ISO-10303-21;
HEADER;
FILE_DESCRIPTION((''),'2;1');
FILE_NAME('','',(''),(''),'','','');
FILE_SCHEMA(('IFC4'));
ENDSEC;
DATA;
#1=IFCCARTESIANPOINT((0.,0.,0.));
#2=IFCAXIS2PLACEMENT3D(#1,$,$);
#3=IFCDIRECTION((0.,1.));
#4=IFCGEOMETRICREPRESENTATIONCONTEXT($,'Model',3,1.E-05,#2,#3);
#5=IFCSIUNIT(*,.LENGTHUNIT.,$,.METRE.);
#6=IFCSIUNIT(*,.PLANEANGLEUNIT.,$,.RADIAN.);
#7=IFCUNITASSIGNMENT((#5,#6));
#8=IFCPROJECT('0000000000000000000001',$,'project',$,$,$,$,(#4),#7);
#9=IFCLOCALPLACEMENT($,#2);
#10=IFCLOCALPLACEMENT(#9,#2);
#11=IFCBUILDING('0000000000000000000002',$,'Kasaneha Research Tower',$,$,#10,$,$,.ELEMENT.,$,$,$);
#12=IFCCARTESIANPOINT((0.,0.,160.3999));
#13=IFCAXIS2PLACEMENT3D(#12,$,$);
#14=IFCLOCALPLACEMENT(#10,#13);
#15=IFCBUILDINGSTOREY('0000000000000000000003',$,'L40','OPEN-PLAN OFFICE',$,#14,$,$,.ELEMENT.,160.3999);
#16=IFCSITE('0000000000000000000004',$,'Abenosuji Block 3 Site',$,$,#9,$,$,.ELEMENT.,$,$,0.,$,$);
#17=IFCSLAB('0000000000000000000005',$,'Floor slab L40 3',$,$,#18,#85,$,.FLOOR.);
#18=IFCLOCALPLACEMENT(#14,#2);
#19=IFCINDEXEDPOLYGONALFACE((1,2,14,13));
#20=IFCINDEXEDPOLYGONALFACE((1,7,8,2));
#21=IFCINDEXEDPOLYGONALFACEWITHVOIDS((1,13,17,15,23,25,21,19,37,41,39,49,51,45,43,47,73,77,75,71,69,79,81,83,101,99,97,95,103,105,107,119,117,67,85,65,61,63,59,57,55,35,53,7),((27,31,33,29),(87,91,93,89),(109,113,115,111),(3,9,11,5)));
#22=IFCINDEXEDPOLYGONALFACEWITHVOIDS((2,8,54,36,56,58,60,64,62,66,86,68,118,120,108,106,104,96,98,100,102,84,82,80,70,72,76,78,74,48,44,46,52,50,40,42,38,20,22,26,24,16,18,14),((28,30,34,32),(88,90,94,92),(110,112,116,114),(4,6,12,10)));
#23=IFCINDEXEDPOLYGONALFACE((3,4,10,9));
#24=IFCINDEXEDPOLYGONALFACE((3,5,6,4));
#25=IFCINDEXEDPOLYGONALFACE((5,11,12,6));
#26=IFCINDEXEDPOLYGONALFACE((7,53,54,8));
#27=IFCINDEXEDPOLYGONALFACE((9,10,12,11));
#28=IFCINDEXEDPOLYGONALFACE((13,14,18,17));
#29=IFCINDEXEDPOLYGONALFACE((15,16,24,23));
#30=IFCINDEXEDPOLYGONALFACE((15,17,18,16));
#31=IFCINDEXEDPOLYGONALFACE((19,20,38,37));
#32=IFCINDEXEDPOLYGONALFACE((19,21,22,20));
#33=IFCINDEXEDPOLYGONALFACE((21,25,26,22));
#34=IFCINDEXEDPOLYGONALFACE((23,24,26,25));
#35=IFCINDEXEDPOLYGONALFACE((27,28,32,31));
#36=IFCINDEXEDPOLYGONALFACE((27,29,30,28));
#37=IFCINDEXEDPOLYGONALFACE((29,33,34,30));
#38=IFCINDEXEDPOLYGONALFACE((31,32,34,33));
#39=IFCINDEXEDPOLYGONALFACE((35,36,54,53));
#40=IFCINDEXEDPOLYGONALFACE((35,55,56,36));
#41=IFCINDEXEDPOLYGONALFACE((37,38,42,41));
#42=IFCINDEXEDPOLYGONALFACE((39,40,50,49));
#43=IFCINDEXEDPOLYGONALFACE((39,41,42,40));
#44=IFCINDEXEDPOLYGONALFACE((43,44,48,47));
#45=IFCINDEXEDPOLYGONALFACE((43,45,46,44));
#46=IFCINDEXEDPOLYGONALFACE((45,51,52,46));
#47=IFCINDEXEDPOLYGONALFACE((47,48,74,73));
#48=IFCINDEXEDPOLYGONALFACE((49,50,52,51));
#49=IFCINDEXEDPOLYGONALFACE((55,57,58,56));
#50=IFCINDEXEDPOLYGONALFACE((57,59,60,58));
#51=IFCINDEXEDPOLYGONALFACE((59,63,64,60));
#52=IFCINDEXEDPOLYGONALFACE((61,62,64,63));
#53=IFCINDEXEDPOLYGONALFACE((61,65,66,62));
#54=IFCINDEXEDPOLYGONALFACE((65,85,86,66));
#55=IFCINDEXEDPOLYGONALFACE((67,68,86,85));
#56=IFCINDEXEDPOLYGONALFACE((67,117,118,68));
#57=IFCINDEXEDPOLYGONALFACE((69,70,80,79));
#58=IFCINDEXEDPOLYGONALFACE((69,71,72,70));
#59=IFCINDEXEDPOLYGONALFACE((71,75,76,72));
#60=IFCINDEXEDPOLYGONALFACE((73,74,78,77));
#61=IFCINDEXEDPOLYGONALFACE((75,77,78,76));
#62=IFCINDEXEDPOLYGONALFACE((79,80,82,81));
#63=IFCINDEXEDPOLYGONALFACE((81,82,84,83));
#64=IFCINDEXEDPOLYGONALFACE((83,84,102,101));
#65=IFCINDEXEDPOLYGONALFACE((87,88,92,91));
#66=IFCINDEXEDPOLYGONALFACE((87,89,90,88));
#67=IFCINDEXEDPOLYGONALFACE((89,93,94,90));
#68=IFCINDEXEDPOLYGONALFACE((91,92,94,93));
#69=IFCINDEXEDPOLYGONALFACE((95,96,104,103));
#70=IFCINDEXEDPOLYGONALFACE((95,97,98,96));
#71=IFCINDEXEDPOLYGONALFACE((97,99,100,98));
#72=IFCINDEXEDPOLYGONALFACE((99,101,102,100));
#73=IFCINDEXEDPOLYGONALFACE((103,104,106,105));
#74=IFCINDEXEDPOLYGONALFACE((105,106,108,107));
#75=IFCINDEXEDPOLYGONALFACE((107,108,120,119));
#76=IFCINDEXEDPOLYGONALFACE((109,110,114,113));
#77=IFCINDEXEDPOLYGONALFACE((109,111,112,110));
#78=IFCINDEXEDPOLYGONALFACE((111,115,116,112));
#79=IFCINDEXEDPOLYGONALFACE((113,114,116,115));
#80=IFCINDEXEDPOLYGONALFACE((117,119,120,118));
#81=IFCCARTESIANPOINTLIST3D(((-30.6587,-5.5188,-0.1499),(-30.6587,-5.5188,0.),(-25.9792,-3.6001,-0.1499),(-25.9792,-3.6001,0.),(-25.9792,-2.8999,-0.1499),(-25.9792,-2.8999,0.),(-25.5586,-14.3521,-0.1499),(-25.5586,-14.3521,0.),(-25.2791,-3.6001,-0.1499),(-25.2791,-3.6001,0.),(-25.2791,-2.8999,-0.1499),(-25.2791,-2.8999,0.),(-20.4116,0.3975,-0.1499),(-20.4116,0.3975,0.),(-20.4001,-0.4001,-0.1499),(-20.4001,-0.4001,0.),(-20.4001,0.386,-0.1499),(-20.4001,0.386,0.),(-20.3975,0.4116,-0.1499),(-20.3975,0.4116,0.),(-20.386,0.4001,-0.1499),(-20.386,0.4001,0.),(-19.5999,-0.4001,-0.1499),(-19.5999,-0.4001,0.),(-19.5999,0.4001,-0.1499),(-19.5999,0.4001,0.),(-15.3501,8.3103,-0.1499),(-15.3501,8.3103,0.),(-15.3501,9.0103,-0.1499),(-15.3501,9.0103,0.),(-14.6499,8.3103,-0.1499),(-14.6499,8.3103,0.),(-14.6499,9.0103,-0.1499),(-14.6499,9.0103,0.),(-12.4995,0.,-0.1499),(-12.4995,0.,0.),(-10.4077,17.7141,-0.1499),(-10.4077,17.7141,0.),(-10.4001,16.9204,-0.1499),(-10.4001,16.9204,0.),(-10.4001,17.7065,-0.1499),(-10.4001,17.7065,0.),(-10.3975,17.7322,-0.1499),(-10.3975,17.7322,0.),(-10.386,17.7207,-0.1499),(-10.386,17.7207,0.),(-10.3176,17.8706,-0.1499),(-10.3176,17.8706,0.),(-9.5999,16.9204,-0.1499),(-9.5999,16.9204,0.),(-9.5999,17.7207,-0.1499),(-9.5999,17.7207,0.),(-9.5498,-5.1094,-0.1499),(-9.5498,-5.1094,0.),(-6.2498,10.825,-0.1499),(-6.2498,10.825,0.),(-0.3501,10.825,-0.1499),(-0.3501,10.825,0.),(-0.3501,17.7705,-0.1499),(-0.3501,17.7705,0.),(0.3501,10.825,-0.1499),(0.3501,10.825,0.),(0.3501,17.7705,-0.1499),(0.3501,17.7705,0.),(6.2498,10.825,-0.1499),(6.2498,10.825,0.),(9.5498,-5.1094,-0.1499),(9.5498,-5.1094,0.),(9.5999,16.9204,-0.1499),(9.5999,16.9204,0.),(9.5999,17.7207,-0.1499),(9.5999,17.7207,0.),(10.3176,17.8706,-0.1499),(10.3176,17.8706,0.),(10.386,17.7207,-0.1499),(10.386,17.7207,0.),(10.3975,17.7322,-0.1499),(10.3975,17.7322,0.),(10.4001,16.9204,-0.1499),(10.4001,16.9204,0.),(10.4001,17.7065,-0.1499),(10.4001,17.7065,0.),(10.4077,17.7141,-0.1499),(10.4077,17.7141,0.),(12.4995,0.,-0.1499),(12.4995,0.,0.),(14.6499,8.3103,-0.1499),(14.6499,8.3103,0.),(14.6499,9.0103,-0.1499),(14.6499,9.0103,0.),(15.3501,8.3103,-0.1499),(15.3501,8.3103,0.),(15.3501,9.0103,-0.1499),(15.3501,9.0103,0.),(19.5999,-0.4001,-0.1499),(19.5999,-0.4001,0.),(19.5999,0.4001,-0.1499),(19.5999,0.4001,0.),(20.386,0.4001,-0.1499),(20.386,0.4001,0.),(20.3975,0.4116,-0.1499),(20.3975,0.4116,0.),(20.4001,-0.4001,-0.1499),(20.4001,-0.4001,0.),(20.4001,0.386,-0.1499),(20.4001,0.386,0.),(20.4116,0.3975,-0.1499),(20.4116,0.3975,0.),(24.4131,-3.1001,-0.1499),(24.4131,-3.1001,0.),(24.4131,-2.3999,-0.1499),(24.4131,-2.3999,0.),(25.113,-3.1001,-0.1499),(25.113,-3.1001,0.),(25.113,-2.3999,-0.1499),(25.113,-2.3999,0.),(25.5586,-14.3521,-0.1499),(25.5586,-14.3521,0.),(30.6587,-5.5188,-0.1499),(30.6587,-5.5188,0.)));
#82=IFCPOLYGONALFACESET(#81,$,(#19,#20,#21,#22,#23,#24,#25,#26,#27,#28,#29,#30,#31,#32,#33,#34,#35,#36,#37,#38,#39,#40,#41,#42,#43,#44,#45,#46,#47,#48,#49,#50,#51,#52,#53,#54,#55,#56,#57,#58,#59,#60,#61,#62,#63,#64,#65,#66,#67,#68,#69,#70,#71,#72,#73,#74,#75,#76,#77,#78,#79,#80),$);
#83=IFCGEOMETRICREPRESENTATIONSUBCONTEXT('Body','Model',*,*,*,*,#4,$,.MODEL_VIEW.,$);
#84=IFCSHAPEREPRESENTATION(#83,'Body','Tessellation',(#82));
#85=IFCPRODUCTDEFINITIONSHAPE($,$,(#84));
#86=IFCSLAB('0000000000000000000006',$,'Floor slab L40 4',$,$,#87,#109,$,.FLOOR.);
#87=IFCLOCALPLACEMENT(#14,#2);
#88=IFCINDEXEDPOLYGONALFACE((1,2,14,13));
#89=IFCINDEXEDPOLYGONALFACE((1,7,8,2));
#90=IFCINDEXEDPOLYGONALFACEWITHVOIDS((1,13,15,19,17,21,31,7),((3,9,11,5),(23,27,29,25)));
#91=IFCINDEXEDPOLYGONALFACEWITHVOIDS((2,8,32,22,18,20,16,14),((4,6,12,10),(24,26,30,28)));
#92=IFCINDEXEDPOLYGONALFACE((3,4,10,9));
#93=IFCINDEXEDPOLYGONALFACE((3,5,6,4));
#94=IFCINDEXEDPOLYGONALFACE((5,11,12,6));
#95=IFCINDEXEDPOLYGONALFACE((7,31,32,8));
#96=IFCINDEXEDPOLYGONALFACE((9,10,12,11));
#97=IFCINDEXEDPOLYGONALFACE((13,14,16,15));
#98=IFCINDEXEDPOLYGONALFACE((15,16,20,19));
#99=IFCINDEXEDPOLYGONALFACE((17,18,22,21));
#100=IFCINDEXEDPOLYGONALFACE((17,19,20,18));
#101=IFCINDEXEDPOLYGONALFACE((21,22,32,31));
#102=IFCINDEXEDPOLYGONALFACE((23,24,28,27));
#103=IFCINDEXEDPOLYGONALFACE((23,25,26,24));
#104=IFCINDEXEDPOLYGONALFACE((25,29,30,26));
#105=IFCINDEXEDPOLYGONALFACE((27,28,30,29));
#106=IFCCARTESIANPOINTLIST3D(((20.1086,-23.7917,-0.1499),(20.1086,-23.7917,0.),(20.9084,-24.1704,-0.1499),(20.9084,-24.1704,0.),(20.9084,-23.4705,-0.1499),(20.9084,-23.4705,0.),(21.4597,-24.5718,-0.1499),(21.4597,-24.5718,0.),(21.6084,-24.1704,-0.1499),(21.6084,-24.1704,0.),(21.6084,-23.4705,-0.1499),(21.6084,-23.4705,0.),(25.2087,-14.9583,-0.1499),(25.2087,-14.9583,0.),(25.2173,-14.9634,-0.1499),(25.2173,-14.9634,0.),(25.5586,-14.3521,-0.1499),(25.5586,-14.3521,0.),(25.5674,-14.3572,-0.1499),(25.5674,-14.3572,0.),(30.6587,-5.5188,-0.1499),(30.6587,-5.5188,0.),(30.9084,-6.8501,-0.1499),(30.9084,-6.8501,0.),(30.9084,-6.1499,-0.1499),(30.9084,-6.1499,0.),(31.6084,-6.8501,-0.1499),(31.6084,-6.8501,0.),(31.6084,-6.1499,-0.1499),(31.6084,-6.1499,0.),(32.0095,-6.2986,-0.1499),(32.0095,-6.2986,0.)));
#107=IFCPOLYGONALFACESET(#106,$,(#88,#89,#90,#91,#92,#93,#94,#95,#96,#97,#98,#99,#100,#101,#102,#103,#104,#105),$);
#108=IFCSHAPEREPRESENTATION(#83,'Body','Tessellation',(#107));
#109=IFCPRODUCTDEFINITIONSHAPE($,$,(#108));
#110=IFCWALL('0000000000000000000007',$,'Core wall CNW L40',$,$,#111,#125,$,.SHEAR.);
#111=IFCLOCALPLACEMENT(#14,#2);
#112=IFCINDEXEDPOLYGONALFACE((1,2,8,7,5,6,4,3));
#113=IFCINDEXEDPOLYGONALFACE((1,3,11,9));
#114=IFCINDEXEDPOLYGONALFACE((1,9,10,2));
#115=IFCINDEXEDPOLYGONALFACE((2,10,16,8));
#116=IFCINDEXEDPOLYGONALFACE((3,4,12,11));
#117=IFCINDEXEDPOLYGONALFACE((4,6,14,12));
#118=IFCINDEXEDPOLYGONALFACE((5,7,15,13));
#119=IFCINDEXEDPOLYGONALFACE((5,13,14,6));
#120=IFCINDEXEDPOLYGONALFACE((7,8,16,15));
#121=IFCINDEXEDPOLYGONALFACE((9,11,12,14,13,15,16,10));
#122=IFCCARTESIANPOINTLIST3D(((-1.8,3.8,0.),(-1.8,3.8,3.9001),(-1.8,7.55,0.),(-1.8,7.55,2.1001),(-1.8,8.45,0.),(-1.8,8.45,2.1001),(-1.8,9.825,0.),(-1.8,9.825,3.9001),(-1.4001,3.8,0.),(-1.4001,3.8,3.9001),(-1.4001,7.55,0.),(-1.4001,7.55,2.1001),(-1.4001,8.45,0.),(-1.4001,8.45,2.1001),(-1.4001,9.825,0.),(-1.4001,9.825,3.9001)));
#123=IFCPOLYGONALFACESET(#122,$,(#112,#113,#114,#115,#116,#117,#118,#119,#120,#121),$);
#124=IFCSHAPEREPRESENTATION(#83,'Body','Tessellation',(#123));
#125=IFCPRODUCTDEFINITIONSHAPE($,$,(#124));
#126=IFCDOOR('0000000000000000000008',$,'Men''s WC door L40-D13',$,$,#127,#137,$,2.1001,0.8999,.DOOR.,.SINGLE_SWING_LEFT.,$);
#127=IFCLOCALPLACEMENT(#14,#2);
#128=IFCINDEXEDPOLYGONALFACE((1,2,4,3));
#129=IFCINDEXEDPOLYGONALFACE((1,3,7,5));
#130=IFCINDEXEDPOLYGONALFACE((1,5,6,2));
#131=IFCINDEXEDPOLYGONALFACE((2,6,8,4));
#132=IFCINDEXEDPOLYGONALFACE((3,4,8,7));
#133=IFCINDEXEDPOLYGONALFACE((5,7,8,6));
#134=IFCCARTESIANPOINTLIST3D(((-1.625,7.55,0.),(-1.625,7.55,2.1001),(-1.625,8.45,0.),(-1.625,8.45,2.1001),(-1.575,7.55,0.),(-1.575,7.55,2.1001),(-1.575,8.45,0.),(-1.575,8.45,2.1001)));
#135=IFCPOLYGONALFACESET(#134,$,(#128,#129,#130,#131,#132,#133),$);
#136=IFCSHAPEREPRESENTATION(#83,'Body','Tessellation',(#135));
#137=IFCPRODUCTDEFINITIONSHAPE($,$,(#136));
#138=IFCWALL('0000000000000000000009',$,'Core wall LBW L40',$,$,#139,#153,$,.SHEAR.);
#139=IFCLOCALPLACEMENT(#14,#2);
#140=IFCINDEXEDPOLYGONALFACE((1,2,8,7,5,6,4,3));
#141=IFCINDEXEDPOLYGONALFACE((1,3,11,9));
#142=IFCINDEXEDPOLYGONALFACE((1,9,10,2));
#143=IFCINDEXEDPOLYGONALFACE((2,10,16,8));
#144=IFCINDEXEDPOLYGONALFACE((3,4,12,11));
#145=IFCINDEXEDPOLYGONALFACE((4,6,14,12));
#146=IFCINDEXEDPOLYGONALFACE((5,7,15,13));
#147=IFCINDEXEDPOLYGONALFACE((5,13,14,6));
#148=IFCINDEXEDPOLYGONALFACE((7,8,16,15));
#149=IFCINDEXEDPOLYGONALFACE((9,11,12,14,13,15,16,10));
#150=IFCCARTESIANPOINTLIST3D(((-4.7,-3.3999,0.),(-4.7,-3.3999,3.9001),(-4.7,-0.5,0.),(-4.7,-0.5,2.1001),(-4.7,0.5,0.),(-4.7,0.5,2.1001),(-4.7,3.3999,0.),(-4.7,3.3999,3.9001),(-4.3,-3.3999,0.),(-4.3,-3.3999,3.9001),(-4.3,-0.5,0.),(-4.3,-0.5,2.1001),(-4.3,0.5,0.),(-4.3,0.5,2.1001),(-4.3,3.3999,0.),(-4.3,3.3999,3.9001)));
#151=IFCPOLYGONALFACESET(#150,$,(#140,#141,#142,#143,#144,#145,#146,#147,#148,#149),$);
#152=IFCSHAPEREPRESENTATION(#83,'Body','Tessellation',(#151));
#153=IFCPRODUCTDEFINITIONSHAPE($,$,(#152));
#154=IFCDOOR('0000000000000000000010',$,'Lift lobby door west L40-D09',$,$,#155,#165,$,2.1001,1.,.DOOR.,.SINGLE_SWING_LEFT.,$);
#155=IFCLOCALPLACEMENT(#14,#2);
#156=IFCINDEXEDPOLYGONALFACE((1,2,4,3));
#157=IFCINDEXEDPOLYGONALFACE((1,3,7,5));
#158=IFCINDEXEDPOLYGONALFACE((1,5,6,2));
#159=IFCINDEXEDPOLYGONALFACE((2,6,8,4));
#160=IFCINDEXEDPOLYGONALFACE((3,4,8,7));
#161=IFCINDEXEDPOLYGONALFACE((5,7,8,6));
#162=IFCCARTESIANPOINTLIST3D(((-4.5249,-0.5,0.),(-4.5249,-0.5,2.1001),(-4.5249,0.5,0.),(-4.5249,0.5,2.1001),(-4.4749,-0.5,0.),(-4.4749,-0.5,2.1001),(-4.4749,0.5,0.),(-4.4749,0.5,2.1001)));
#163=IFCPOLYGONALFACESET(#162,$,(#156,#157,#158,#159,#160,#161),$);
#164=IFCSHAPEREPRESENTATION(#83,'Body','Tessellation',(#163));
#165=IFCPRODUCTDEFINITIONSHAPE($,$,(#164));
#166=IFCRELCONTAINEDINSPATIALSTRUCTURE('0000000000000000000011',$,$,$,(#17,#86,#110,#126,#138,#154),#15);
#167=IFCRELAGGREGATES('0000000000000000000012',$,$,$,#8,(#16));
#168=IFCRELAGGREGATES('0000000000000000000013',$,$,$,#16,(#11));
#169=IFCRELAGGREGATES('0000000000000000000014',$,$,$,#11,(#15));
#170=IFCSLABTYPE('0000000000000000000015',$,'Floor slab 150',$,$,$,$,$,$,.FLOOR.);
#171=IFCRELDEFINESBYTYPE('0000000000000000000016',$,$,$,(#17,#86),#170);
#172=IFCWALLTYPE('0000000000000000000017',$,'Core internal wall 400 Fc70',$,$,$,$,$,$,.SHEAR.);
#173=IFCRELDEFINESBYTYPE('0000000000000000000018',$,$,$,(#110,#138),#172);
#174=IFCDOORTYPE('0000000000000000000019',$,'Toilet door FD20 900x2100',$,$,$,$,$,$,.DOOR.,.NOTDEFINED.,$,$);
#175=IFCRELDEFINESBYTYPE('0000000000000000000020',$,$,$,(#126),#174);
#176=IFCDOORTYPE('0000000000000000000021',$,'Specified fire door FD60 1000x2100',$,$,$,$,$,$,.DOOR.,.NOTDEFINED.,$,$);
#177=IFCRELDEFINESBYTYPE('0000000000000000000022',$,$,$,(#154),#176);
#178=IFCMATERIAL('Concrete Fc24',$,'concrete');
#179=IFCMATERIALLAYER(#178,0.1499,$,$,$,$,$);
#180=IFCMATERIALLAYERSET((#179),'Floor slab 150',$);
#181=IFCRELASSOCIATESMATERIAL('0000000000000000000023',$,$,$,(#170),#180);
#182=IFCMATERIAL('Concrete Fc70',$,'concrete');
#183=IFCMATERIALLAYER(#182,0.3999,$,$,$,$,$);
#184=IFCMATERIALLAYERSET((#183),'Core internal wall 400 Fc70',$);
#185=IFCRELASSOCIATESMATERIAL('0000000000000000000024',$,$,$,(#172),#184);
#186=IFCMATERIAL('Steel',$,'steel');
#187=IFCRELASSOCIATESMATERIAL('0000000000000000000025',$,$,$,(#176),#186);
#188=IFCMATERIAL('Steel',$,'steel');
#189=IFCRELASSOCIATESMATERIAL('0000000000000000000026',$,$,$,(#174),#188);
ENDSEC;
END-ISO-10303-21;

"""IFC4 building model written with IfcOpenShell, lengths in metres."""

from ifc_helpers import new_model, si_unit, direction, frame, frame_2d, origin, place, context, subcontext, project, spatial, polyline, rectangle, outline, extrude, material, layer, layer_set, type_object, element, fill, save


model = new_model("IFC4")

# Units and contexts
model_context = context("Model", 3, precision=1e-05, world=origin(), true_north=direction((0.0, 1.0)))
body_context = subcontext(model_context, "Body", "Model", "MODEL_VIEW")
ifc_project = project(units=[si_unit("LENGTHUNIT", "METRE"), si_unit("PLANEANGLEUNIT", "RADIAN")], contexts=[model_context])

# Site, building, storey
site_placement = place(None, origin())
site = spatial("IfcSite", under=ifc_project, at=site_placement, Name="Abenosuji Block 3 Site", CompositionType="ELEMENT", RefElevation=0.0)
building_placement = place(site_placement, origin())
building = spatial("IfcBuilding", under=site, at=building_placement, Name="Kasaneha Research Tower", CompositionType="ELEMENT")
storey_placement = place(building_placement, frame((0.0, 0.0, 160.3999)))
storey = spatial("IfcBuildingStorey", under=building, at=storey_placement, Name="L40", Description="OPEN-PLAN OFFICE", CompositionType="ELEMENT", Elevation=160.3999)

# Slabs
ifc_material_1 = material(Name="Concrete Fc24", Category="concrete")
ifc_layer_1 = layer(ifc_material_1, 0.1499)
ifc_layer_set_1 = layer_set([ifc_layer_1], Name="Floor slab 150")
slab_type = type_object("IfcSlabType", Name="Floor slab 150", PredefinedType="FLOOR", material=ifc_layer_set_1)
slab_1_placement = place(storey_placement, frame((0.0, 0.0, -0.1499)))
element("IfcSlab", 1, at=slab_1_placement, inside=storey, type_object=slab_type, Name="Floor slab L40 3", PredefinedType="FLOOR", context=body_context, shape_type="SweptSolid", body=[
    extrude(outline(polyline([(-20.4001, -0.4001), (-19.5999, -0.4001), (-19.5999, 0.4001), (-20.386, 0.4001), (-20.3975, 0.4116), (-10.4077, 17.7141), (-10.4001, 17.7065), (-10.4001, 16.9204), (-9.5999, 16.9204), (-9.5999, 17.7207), (-10.386, 17.7207), (-10.3975, 17.7322), (-10.3176, 17.8706), (10.3176, 17.8706), (10.3975, 17.7322), (10.386, 17.7207), (9.5999, 17.7207), (9.5999, 16.9204), (10.4001, 16.9204), (10.4001, 17.7065), (10.4077, 17.7141), (20.3975, 0.4116), (20.386, 0.4001), (19.5999, 0.4001), (19.5999, -0.4001), (20.4001, -0.4001), (20.4001, 0.386), (20.4116, 0.3975), (30.6587, -5.5188), (25.5586, -14.3521), (9.5498, -5.1094), (12.4995, 0.0), (6.2498, 10.825), (0.3501, 10.825), (0.3501, 17.7705), (-0.3501, 17.7705), (-0.3501, 10.825), (-6.2498, 10.825), (-12.4995, 0.0), (-9.5498, -5.1094), (-25.5586, -14.3521), (-30.6587, -5.5188), (-20.4116, 0.3975), (-20.4001, 0.386), (-20.4001, -0.4001)]), holes=[polyline([(-25.2791, -3.6001), (-25.2791, -2.8999), (-25.9792, -2.8999), (-25.9792, -3.6001), (-25.2791, -3.6001)]), polyline([(-15.3501, 8.3103), (-14.6499, 8.3103), (-14.6499, 9.0103), (-15.3501, 9.0103), (-15.3501, 8.3103)]), polyline([(24.4131, -3.1001), (25.113, -3.1001), (25.113, -2.3999), (24.4131, -2.3999), (24.4131, -3.1001)]), polyline([(14.6499, 8.3103), (15.3501, 8.3103), (15.3501, 9.0103), (14.6499, 9.0103), (14.6499, 8.3103)])]), origin(), (0.0, 0.0, 1.0), 0.1499),
])
slab_2_placement = place(storey_placement, frame((0.0, 0.0, -0.1499)))
element("IfcSlab", 2, at=slab_2_placement, inside=storey, type_object=slab_type, Name="Floor slab L40 4", PredefinedType="FLOOR", context=body_context, shape_type="SweptSolid", body=[
    extrude(outline(polyline([(32.0095, -6.2986), (21.4597, -24.5718), (20.1086, -23.7917), (25.2087, -14.9583), (25.2173, -14.9634), (25.5674, -14.3572), (25.5586, -14.3521), (30.6587, -5.5188), (32.0095, -6.2986)]), holes=[polyline([(21.6084, -24.1704), (21.6084, -23.4705), (20.9084, -23.4705), (20.9084, -24.1704), (21.6084, -24.1704)]), polyline([(31.6084, -6.8501), (31.6084, -6.1499), (30.9084, -6.1499), (30.9084, -6.8501), (31.6084, -6.8501)])]), origin(), (0.0, 0.0, 1.0), 0.1499),
])

# Shared definitions
ifc_material_2 = material(Name="Concrete Fc70", Category="concrete")
ifc_layer_2 = layer(ifc_material_2, 0.3999)
ifc_layer_set_2 = layer_set([ifc_layer_2], Name="Core internal wall 400 Fc70")
wall_type = type_object("IfcWallType", Name="Core internal wall 400 Fc70", PredefinedType="SHEAR", material=ifc_layer_set_2)
ifc_material_3 = material(Name="Steel", Category="steel")
door_type_1 = type_object("IfcDoorType", Name="Specified fire door FD60 1000x2100", OperationType="NOTDEFINED", PredefinedType="DOOR", material=ifc_material_3)

# Walls, openings, doors
wall_1_placement = place(storey_placement, frame((-1.6001, 3.8, 0.0), z_axis=(0.0, 0.0, 1.0), x_axis=(0.0, 1.0, 0.0)))
wall_1 = element("IfcWall", 3, at=wall_1_placement, inside=storey, type_object=wall_type, Name="Core wall CNW L40", PredefinedType="SHEAR", context=body_context, shape_type="SweptSolid", body=[
    extrude(rectangle(XDim=6.0249, YDim=0.3999, at=frame_2d((3.0125, 0.0))), origin(), (0.0, 0.0, 1.0), 3.9001),
])
opening_1_placement = place(wall_1_placement, frame((3.75, 0.0, 0.0)))
opening_1 = element("IfcOpeningElement", 4, at=opening_1_placement, cuts=wall_1, PredefinedType="OPENING", context=body_context, shape_type="SweptSolid", body=[
    extrude(rectangle(XDim=0.8999, YDim=2.1001, at=frame_2d((0.45, 1.05))), frame((0.0, 0.21, 0.0), z_axis=(0.0, -1.0, 0.0), x_axis=(1.0, 0.0, 0.0)), (0.0, 0.0, 1.0), 0.4199),
])
ifc_material_4 = material(Name="Steel", Category="steel")
door_type_2 = type_object("IfcDoorType", Name="Toilet door FD20 900x2100", OperationType="NOTDEFINED", PredefinedType="DOOR", material=ifc_material_4)
door_1_placement = place(opening_1_placement, origin())
door_1 = element("IfcDoor", 5, at=door_1_placement, inside=storey, type_object=door_type_2, Name="Men's WC door L40-D13", OperationType="SINGLE_SWING_LEFT", OverallHeight=2.1001, OverallWidth=0.8999, PredefinedType="DOOR", context=body_context, shape_type="SweptSolid", body=[
    extrude(rectangle(XDim=0.8999, YDim=2.1001, at=frame_2d((0.45, 1.05))), frame((0.0, 0.0249, 0.0), z_axis=(0.0, -1.0, 0.0), x_axis=(1.0, 0.0, 0.0)), (0.0, 0.0, 1.0), 0.05),
])
fill(opening_1, door_1)
wall_2_placement = place(storey_placement, frame((-4.5, -3.3999, 0.0), z_axis=(0.0, 0.0, 1.0), x_axis=(0.0, 1.0, 0.0)))
wall_2 = element("IfcWall", 6, at=wall_2_placement, inside=storey, type_object=wall_type, Name="Core wall LBW L40", PredefinedType="SHEAR", context=body_context, shape_type="SweptSolid", body=[
    extrude(rectangle(XDim=6.7998, YDim=0.3999, at=frame_2d((3.3999, 0.0))), origin(), (0.0, 0.0, 1.0), 3.9001),
])
opening_2_placement = place(wall_2_placement, frame((2.8999, 0.0, 0.0)))
opening_2 = element("IfcOpeningElement", 7, at=opening_2_placement, cuts=wall_2, PredefinedType="OPENING", context=body_context, shape_type="SweptSolid", body=[
    extrude(rectangle(XDim=1.0, YDim=2.1001, at=frame_2d((0.5, 1.05))), frame((0.0, 0.21, 0.0), z_axis=(0.0, -1.0, 0.0), x_axis=(1.0, 0.0, 0.0)), (0.0, 0.0, 1.0), 0.4199),
])
door_2_placement = place(opening_2_placement, origin())
door_2 = element("IfcDoor", 8, at=door_2_placement, inside=storey, type_object=door_type_1, Name="Lift lobby door west L40-D09", OperationType="SINGLE_SWING_LEFT", OverallHeight=2.1001, OverallWidth=1.0, PredefinedType="DOOR", context=body_context, shape_type="SweptSolid", body=[
    extrude(rectangle(XDim=1.0, YDim=2.1001, at=frame_2d((0.5, 1.05))), frame((0.0, 0.0249, 0.0), z_axis=(0.0, -1.0, 0.0), x_axis=(1.0, 0.0, 0.0)), (0.0, 0.0, 1.0), 0.05),
])
fill(opening_2, door_2)

save(model, "model.ifc")
